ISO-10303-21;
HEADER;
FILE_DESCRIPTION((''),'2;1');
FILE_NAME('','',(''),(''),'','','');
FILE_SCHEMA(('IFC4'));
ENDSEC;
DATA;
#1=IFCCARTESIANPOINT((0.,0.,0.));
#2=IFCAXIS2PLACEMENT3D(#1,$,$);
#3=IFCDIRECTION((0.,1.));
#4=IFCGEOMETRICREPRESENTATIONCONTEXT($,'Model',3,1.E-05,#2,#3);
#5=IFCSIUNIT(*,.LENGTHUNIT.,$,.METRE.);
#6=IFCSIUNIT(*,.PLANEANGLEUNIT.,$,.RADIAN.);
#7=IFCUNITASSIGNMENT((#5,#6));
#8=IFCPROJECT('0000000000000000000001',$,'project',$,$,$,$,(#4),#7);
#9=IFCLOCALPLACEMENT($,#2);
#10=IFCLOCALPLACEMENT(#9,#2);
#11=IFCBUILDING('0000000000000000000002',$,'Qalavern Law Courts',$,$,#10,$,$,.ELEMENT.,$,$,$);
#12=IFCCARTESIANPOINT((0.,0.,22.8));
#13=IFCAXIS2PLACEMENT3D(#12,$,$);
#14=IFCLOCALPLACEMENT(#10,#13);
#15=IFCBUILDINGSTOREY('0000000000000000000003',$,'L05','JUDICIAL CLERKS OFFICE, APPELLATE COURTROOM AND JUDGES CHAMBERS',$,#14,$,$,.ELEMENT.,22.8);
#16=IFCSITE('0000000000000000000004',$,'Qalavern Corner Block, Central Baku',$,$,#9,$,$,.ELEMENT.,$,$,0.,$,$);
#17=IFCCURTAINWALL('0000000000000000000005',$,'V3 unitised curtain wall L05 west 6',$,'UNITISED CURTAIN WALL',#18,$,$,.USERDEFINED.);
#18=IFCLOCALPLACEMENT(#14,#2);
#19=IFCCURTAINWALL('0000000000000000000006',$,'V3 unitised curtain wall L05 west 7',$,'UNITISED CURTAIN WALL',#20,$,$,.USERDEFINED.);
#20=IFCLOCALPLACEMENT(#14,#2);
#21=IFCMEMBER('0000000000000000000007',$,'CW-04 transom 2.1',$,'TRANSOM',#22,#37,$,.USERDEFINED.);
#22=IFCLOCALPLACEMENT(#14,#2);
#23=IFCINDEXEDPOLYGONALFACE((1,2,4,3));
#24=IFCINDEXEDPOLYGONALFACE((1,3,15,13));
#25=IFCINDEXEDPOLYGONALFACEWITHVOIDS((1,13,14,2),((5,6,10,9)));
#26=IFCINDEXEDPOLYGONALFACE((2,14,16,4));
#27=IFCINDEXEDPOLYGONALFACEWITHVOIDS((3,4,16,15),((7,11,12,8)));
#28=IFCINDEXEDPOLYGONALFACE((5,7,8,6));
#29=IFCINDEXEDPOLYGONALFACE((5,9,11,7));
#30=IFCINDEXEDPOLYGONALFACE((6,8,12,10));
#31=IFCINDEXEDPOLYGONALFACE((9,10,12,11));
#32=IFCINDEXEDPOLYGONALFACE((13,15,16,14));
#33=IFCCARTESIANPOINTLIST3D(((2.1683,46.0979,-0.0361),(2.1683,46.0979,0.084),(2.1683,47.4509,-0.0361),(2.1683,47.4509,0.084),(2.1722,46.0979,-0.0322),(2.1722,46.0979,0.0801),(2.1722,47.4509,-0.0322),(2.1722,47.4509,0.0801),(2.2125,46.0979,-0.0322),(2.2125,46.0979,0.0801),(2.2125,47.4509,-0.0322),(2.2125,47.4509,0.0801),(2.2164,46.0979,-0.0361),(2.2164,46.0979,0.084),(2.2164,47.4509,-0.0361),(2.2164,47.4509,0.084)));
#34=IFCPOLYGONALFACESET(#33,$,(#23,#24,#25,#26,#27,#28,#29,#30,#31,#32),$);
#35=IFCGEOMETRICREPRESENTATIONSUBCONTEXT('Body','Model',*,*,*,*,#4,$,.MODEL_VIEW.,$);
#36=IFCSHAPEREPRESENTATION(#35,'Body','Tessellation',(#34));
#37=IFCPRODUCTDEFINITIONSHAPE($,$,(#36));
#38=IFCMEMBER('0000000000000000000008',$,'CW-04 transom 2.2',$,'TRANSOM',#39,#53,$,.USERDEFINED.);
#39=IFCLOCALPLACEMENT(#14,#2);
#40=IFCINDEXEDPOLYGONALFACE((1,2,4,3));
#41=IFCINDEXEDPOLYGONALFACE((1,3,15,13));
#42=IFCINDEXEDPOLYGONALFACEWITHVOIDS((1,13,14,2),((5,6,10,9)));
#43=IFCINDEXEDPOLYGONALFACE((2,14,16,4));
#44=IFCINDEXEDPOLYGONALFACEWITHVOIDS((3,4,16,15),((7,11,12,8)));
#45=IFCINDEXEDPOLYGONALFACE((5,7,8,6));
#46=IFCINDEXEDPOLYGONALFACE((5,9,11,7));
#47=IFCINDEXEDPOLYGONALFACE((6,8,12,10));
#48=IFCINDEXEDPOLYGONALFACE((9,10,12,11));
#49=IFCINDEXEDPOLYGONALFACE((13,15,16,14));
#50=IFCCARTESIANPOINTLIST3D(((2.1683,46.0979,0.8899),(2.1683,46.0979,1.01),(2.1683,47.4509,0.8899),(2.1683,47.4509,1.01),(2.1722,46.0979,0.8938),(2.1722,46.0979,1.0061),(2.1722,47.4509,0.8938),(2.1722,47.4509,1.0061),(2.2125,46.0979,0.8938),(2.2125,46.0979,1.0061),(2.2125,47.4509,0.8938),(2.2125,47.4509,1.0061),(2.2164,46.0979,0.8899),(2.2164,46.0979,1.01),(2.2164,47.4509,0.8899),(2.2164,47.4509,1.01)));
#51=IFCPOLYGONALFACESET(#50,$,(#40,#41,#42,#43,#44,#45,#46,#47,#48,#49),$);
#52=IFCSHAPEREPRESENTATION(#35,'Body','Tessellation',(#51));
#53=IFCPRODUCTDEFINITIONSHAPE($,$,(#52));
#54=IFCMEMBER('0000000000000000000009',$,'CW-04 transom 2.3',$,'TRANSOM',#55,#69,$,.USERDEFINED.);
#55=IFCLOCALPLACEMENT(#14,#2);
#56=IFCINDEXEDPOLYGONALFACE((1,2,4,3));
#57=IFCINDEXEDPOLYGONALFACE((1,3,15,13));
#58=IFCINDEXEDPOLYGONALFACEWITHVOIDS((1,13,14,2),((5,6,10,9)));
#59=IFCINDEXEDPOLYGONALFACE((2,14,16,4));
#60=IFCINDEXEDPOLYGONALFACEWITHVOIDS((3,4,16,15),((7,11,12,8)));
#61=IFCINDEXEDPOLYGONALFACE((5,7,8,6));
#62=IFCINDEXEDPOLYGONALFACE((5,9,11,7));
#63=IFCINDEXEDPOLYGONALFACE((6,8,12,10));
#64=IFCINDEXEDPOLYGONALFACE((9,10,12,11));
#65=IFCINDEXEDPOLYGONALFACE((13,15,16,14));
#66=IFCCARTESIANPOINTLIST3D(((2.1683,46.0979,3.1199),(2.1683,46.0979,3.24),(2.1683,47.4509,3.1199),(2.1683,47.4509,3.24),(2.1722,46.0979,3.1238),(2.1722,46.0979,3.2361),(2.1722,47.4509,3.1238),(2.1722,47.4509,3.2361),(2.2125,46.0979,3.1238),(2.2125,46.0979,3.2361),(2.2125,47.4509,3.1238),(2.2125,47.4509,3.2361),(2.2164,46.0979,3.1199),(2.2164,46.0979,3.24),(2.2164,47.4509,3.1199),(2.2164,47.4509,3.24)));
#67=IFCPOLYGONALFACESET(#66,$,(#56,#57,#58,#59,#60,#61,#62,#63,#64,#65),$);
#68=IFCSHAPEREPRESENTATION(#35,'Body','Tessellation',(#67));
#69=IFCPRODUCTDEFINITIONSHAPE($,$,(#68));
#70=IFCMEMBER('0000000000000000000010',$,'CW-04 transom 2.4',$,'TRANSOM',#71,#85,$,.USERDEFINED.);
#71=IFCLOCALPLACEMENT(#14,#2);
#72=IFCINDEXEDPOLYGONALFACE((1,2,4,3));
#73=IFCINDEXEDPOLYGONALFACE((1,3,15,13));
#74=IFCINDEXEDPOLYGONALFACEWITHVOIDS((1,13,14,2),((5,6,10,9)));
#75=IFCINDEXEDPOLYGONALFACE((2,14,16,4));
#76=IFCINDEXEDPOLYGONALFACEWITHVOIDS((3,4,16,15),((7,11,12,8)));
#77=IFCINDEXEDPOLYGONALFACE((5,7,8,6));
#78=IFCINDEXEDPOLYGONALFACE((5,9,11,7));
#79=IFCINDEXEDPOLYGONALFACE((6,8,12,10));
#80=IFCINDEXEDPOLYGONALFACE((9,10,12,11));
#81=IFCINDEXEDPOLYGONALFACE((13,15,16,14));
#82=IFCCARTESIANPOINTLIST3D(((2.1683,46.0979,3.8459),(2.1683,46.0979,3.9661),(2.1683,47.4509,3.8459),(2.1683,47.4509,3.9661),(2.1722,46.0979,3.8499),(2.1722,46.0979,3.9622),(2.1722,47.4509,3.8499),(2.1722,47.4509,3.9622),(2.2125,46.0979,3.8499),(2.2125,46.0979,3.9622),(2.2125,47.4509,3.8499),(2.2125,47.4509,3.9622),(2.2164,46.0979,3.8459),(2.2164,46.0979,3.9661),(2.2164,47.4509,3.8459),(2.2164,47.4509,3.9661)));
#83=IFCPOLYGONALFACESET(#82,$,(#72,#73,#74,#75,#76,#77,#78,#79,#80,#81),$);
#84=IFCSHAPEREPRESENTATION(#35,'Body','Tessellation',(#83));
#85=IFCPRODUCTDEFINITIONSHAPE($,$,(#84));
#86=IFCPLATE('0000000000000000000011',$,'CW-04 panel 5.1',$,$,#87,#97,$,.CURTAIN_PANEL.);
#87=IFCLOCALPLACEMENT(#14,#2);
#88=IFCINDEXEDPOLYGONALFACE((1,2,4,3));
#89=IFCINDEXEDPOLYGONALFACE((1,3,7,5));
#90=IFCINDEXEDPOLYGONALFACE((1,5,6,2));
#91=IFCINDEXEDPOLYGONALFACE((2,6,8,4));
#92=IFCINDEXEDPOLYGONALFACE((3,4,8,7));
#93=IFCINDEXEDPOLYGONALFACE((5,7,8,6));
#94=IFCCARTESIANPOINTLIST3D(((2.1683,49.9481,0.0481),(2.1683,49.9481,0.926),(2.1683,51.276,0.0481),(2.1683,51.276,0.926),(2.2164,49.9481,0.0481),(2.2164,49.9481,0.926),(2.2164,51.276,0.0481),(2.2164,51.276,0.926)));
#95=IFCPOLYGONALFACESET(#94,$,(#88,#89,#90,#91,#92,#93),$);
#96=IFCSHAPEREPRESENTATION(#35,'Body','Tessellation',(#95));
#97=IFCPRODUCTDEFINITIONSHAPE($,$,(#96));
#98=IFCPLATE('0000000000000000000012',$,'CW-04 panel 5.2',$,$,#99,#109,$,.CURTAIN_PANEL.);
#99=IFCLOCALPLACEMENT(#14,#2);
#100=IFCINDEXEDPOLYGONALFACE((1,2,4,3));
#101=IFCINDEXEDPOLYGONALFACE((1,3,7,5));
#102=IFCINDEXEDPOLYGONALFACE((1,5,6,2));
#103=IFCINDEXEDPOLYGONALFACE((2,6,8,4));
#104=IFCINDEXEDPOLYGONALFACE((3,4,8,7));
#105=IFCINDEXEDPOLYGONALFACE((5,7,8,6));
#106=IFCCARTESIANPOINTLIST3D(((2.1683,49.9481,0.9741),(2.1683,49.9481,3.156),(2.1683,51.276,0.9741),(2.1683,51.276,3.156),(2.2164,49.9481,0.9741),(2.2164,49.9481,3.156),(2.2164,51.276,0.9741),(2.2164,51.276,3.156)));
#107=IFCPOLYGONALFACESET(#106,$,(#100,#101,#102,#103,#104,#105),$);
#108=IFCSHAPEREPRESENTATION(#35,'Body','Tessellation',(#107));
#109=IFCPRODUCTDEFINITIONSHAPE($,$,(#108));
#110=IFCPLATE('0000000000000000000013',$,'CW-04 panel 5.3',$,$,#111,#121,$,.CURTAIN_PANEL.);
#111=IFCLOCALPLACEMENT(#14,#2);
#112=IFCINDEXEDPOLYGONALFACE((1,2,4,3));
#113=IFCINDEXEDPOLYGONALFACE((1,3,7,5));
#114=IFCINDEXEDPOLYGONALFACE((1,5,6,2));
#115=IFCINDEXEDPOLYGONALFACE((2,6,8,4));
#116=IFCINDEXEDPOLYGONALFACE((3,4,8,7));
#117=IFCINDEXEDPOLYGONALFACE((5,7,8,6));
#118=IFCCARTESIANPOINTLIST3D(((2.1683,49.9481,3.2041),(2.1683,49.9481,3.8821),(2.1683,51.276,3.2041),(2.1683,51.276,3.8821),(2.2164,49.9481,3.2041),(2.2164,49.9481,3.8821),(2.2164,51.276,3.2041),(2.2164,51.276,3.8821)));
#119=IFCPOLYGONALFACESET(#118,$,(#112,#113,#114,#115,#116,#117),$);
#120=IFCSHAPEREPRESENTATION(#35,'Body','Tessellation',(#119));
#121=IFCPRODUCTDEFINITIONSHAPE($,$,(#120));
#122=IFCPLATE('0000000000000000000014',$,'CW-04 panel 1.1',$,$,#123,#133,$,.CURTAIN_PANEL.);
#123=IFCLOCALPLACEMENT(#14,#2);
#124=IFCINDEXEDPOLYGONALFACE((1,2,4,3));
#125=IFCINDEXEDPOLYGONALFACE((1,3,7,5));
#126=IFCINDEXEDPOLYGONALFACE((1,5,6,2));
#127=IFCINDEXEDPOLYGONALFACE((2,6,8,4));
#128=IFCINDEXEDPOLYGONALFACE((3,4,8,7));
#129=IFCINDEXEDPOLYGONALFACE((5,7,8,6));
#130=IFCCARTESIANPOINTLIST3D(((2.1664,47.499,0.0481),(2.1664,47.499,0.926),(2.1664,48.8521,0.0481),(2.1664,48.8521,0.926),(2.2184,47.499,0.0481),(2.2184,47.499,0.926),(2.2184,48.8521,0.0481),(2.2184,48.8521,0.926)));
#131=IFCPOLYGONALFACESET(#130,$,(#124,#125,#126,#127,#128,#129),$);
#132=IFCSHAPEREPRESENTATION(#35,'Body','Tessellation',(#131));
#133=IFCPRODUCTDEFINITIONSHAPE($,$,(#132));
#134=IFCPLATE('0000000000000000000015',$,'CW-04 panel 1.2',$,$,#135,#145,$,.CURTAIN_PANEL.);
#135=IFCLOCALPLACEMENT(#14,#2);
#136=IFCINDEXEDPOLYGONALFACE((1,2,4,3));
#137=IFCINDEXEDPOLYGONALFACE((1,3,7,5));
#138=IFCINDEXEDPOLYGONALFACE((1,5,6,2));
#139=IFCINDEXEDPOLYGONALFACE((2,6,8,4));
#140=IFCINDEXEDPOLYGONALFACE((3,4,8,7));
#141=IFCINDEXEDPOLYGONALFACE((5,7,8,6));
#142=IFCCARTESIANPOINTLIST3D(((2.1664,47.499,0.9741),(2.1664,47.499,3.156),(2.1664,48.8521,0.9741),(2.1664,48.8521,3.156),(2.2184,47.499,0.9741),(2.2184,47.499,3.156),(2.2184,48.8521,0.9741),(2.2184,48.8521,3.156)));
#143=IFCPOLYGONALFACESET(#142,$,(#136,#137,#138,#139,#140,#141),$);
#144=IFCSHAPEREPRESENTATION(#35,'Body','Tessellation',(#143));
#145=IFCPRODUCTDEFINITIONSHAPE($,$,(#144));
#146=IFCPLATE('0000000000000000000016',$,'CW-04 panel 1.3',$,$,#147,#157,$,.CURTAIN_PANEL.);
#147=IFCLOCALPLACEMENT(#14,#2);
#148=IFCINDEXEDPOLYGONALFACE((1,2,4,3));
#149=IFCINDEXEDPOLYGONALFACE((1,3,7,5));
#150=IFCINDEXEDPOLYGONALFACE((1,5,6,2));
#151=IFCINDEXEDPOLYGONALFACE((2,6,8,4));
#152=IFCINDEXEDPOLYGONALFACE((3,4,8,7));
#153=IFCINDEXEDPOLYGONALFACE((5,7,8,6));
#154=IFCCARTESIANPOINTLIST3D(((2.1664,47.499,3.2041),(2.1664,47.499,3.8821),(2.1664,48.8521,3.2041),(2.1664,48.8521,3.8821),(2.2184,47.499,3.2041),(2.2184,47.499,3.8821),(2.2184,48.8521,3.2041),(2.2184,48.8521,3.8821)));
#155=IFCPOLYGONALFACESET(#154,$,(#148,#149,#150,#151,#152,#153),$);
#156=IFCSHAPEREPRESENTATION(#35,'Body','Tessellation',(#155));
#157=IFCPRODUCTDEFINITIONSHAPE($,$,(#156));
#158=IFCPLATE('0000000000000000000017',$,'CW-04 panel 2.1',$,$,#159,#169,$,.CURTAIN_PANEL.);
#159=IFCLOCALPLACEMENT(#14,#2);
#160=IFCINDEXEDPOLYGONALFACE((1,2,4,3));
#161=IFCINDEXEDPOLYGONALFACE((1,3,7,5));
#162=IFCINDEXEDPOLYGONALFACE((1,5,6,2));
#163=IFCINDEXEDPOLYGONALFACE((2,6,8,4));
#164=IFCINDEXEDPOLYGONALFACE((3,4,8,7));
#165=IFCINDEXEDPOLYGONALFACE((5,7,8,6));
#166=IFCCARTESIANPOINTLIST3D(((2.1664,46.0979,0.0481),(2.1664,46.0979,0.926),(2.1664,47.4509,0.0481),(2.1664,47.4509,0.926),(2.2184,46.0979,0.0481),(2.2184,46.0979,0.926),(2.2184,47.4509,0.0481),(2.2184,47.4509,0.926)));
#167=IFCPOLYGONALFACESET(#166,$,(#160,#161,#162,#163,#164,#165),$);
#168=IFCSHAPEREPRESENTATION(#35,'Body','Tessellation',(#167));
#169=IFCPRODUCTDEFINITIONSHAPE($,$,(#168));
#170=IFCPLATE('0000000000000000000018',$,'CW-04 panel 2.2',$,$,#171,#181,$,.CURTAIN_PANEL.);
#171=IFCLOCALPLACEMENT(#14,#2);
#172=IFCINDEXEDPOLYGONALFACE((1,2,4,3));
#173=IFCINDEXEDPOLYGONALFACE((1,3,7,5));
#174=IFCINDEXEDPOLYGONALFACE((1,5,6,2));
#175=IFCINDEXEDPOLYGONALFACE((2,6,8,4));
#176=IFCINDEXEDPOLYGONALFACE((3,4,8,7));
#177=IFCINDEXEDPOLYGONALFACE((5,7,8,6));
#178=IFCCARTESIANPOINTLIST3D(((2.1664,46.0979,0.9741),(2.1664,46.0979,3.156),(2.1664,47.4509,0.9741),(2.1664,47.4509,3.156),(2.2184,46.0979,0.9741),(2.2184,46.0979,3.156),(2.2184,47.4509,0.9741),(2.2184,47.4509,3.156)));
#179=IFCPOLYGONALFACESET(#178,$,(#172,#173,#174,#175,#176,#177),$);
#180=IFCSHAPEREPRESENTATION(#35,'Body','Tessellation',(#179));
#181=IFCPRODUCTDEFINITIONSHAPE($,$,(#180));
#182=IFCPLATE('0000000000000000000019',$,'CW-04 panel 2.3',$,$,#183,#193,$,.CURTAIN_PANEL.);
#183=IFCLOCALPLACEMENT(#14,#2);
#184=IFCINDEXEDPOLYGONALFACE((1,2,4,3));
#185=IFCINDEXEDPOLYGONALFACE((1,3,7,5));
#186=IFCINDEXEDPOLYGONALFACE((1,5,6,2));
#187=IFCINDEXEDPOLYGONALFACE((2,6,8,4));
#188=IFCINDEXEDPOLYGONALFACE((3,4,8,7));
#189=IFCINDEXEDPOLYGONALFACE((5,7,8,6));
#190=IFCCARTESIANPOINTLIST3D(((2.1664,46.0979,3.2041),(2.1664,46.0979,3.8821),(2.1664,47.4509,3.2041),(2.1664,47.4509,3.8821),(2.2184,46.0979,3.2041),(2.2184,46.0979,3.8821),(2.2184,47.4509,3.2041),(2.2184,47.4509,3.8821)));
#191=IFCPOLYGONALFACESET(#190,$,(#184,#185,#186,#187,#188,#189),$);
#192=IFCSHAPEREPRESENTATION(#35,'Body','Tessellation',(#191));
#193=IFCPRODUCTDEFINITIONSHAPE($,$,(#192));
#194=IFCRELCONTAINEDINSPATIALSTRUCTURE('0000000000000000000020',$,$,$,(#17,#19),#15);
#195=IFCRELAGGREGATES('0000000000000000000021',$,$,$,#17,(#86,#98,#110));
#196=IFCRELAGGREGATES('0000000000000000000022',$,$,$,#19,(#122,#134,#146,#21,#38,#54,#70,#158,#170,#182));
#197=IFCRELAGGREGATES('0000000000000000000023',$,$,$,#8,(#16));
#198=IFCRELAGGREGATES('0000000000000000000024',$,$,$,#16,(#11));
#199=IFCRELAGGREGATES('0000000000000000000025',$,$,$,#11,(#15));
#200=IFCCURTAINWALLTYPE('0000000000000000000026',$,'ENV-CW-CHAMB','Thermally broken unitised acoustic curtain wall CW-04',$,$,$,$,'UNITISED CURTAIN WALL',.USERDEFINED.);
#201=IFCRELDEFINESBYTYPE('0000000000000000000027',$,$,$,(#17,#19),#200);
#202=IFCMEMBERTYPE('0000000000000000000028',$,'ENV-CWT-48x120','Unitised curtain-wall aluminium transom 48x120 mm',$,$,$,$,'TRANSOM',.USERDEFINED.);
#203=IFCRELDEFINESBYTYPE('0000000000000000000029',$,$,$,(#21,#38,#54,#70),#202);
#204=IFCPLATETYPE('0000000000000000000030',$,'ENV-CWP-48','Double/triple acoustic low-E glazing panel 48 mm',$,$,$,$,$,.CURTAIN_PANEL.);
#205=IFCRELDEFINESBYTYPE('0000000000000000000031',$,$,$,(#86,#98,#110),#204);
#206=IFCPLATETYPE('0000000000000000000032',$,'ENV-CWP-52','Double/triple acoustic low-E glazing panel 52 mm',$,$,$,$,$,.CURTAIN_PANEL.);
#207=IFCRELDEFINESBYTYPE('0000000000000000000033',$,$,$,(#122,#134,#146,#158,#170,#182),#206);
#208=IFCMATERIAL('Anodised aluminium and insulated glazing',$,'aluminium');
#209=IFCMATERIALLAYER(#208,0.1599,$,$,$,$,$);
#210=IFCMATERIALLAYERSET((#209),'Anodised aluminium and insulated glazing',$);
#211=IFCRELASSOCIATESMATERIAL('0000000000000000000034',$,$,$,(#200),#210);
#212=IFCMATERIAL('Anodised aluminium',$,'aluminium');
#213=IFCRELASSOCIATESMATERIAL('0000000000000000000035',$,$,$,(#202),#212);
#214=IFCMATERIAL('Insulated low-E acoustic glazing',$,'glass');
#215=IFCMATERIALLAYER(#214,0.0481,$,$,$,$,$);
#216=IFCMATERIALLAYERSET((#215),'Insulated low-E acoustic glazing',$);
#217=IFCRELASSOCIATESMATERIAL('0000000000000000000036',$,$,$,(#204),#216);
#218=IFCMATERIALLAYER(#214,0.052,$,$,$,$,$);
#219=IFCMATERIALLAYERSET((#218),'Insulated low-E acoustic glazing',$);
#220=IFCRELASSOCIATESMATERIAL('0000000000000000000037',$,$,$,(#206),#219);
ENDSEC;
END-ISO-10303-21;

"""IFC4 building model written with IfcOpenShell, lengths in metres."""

from ifc_helpers import new_model, si_unit, direction, frame, origin, origin_2d, place, context, subcontext, project, spatial, rectangle, hollow_rectangle, extrude, material, layer, layer_set, material_profile, profile_set, type_object, element, aggregate, save


model = new_model("IFC4")

# Units and contexts
model_context = context("Model", 3, precision=1e-05, world=origin(), true_north=direction((0.0, 1.0)))
body_context = subcontext(model_context, "Body", "Model", "MODEL_VIEW")
ifc_project = project(units=[si_unit("LENGTHUNIT", "METRE"), si_unit("PLANEANGLEUNIT", "RADIAN")], contexts=[model_context])

# Site, building, storey
site_placement = place(None, origin())
site = spatial("IfcSite", under=ifc_project, at=site_placement, Name="Qalavern Corner Block, Central Baku", CompositionType="ELEMENT", RefElevation=0.0)
building_placement = place(site_placement, origin())
building = spatial("IfcBuilding", under=site, at=building_placement, Name="Qalavern Law Courts", CompositionType="ELEMENT")
storey_placement = place(building_placement, frame((0.0, 0.0, 22.8)))
storey = spatial("IfcBuildingStorey", under=building, at=storey_placement, Name="L05", Description="JUDICIAL CLERKS OFFICE, APPELLATE COURTROOM AND JUDGES CHAMBERS", CompositionType="ELEMENT", Elevation=22.8)

# Curtain wall
ifc_material_1 = material(Name="Anodised aluminium and insulated glazing", Category="aluminium")
ifc_layer_1 = layer(ifc_material_1, 0.1599)
ifc_layer_set_1 = layer_set([ifc_layer_1], Name="Anodised aluminium and insulated glazing")
curtain_wall_type = type_object("IfcCurtainWallType", Name="ENV-CW-CHAMB", Description="Thermally broken unitised acoustic curtain wall CW-04", ElementType="UNITISED CURTAIN WALL", PredefinedType="USERDEFINED", material=ifc_layer_set_1)
curtain_wall_1_placement = place(storey_placement, origin())
curtain_wall_1 = element("IfcCurtainWall", 1, at=curtain_wall_1_placement, inside=storey, type_object=curtain_wall_type, Name="V3 unitised curtain wall L05 west 6", ObjectType="UNITISED CURTAIN WALL", PredefinedType="USERDEFINED")
ifc_material_2 = material(Name="Anodised aluminium", Category="aluminium")

# Curtain wall
curtain_wall_2_placement = place(storey_placement, origin())
curtain_wall_2 = element("IfcCurtainWall", 2, at=curtain_wall_2_placement, inside=storey, type_object=curtain_wall_type, Name="V3 unitised curtain wall L05 west 7", ObjectType="UNITISED CURTAIN WALL", PredefinedType="USERDEFINED")

# Members
ifc_material_profile_1 = material_profile(ifc_material_2, hollow_rectangle(XDim=0.0481, YDim=0.1201, WallThickness=0.0039, at=origin_2d()), Name="ALU TRANSOM 48x120")
ifc_profile_set_1 = profile_set([ifc_material_profile_1], Name="Anodised aluminium")
member_type_1 = type_object("IfcMemberType", Name="ENV-CWT-48x120", Description="Unitised curtain-wall aluminium transom 48x120 mm", ElementType="TRANSOM", PredefinedType="USERDEFINED", material=ifc_profile_set_1)
member_1_placement = place(storey_placement, frame((2.1924, 47.4509, 0.0239), z_axis=(0.0, -1.0, 0.0), x_axis=(1.0, 0.0, 0.0)))
member_1 = element("IfcMember", 3, at=member_1_placement, type_object=member_type_1, Name="CW-04 transom 2.1", ObjectType="TRANSOM", PredefinedType="USERDEFINED", context=body_context, shape_type="SweptSolid", body=[
    extrude(hollow_rectangle(XDim=0.0481, YDim=0.1201, WallThickness=0.0039, at=origin_2d()), origin(), (0.0, 0.0, 1.0), 1.353),
])
member_2_placement = place(storey_placement, frame((2.1924, 47.4509, 0.95), z_axis=(0.0, -1.0, 0.0), x_axis=(1.0, 0.0, 0.0)))
member_2 = element("IfcMember", 4, at=member_2_placement, type_object=member_type_1, Name="CW-04 transom 2.2", ObjectType="TRANSOM", PredefinedType="USERDEFINED", context=body_context, shape_type="SweptSolid", body=[
    extrude(hollow_rectangle(XDim=0.0481, YDim=0.1201, WallThickness=0.0039, at=origin_2d()), origin(), (0.0, 0.0, 1.0), 1.353),
])
member_3_placement = place(storey_placement, frame((2.1924, 47.4509, 3.1799), z_axis=(0.0, -1.0, 0.0), x_axis=(1.0, 0.0, 0.0)))
member_3 = element("IfcMember", 5, at=member_3_placement, type_object=member_type_1, Name="CW-04 transom 2.3", ObjectType="TRANSOM", PredefinedType="USERDEFINED", context=body_context, shape_type="SweptSolid", body=[
    extrude(hollow_rectangle(XDim=0.0481, YDim=0.1201, WallThickness=0.0039, at=origin_2d()), origin(), (0.0, 0.0, 1.0), 1.353),
])
member_4_placement = place(storey_placement, frame((2.1924, 47.4509, 3.906), z_axis=(0.0, -1.0, 0.0), x_axis=(1.0, 0.0, 0.0)))
member_4 = element("IfcMember", 6, at=member_4_placement, type_object=member_type_1, Name="CW-04 transom 2.4", ObjectType="TRANSOM", PredefinedType="USERDEFINED", context=body_context, shape_type="SweptSolid", body=[
    extrude(hollow_rectangle(XDim=0.0481, YDim=0.1201, WallThickness=0.0039, at=origin_2d()), origin(), (0.0, 0.0, 1.0), 1.353),
])

# Plates
ifc_material_3 = material(Name="Insulated low-E acoustic glazing", Category="glass")
ifc_layer_2 = layer(ifc_material_3, 0.0481)
ifc_layer_set_2 = layer_set([ifc_layer_2], Name="Insulated low-E acoustic glazing")
plate_type_1 = type_object("IfcPlateType", Name="ENV-CWP-48", Description="Double/triple acoustic low-E glazing panel 48 mm", PredefinedType="CURTAIN_PANEL", material=ifc_layer_set_2)
plate_1_placement = place(storey_placement, frame((2.1924, 50.6121, 0.0481), z_axis=(0.0, 0.0, 1.0), x_axis=(0.0, -1.0, 0.0)))
plate_1 = element("IfcPlate", 7, at=plate_1_placement, type_object=plate_type_1, Name="CW-04 panel 5.1", PredefinedType="CURTAIN_PANEL", context=body_context, shape_type="SweptSolid", body=[
    extrude(rectangle(XDim=1.3279, YDim=0.0481, at=origin_2d()), origin(), (0.0, 0.0, 1.0), 0.8779),
])
plate_2_placement = place(storey_placement, frame((2.1924, 50.6121, 0.9741), z_axis=(0.0, 0.0, 1.0), x_axis=(0.0, -1.0, 0.0)))
plate_2 = element("IfcPlate", 8, at=plate_2_placement, type_object=plate_type_1, Name="CW-04 panel 5.2", PredefinedType="CURTAIN_PANEL", context=body_context, shape_type="SweptSolid", body=[
    extrude(rectangle(XDim=1.3279, YDim=0.0481, at=origin_2d()), origin(), (0.0, 0.0, 1.0), 2.1819),
])
plate_3_placement = place(storey_placement, frame((2.1924, 50.6121, 3.2041), z_axis=(0.0, 0.0, 1.0), x_axis=(0.0, -1.0, 0.0)))
plate_3 = element("IfcPlate", 9, at=plate_3_placement, type_object=plate_type_1, Name="CW-04 panel 5.3", PredefinedType="CURTAIN_PANEL", context=body_context, shape_type="SweptSolid", body=[
    extrude(rectangle(XDim=1.3279, YDim=0.0481, at=origin_2d()), origin(), (0.0, 0.0, 1.0), 0.678),
])
aggregate(curtain_wall_1, [plate_1, plate_2, plate_3])
ifc_layer_3 = layer(ifc_material_3, 0.052)
ifc_layer_set_3 = layer_set([ifc_layer_3], Name="Insulated low-E acoustic glazing")
plate_type_2 = type_object("IfcPlateType", Name="ENV-CWP-52", Description="Double/triple acoustic low-E glazing panel 52 mm", PredefinedType="CURTAIN_PANEL", material=ifc_layer_set_3)
plate_4_placement = place(storey_placement, frame((2.1924, 48.1755, 0.0481), z_axis=(0.0, 0.0, 1.0), x_axis=(0.0, -1.0, 0.0)))
plate_4 = element("IfcPlate", 10, at=plate_4_placement, type_object=plate_type_2, Name="CW-04 panel 1.1", PredefinedType="CURTAIN_PANEL", context=body_context, shape_type="SweptSolid", body=[
    extrude(rectangle(XDim=1.353, YDim=0.052, at=origin_2d()), origin(), (0.0, 0.0, 1.0), 0.8779),
])
plate_5_placement = place(storey_placement, frame((2.1924, 48.1755, 0.9741), z_axis=(0.0, 0.0, 1.0), x_axis=(0.0, -1.0, 0.0)))
plate_5 = element("IfcPlate", 11, at=plate_5_placement, type_object=plate_type_2, Name="CW-04 panel 1.2", PredefinedType="CURTAIN_PANEL", context=body_context, shape_type="SweptSolid", body=[
    extrude(rectangle(XDim=1.353, YDim=0.052, at=origin_2d()), origin(), (0.0, 0.0, 1.0), 2.1819),
])
plate_6_placement = place(storey_placement, frame((2.1924, 48.1755, 3.2041), z_axis=(0.0, 0.0, 1.0), x_axis=(0.0, -1.0, 0.0)))
plate_6 = element("IfcPlate", 12, at=plate_6_placement, type_object=plate_type_2, Name="CW-04 panel 1.3", PredefinedType="CURTAIN_PANEL", context=body_context, shape_type="SweptSolid", body=[
    extrude(rectangle(XDim=1.353, YDim=0.052, at=origin_2d()), origin(), (0.0, 0.0, 1.0), 0.678),
])
plate_7_placement = place(storey_placement, frame((2.1924, 46.7744, 0.0481), z_axis=(0.0, 0.0, 1.0), x_axis=(0.0, -1.0, 0.0)))
plate_7 = element("IfcPlate", 13, at=plate_7_placement, type_object=plate_type_2, Name="CW-04 panel 2.1", PredefinedType="CURTAIN_PANEL", context=body_context, shape_type="SweptSolid", body=[
    extrude(rectangle(XDim=1.353, YDim=0.052, at=origin_2d()), origin(), (0.0, 0.0, 1.0), 0.8779),
])
plate_8_placement = place(storey_placement, frame((2.1924, 46.7744, 0.9741), z_axis=(0.0, 0.0, 1.0), x_axis=(0.0, -1.0, 0.0)))
plate_8 = element("IfcPlate", 14, at=plate_8_placement, type_object=plate_type_2, Name="CW-04 panel 2.2", PredefinedType="CURTAIN_PANEL", context=body_context, shape_type="SweptSolid", body=[
    extrude(rectangle(XDim=1.353, YDim=0.052, at=origin_2d()), origin(), (0.0, 0.0, 1.0), 2.1819),
])
plate_9_placement = place(storey_placement, frame((2.1924, 46.7744, 3.2041), z_axis=(0.0, 0.0, 1.0), x_axis=(0.0, -1.0, 0.0)))
plate_9 = element("IfcPlate", 15, at=plate_9_placement, type_object=plate_type_2, Name="CW-04 panel 2.3", PredefinedType="CURTAIN_PANEL", context=body_context, shape_type="SweptSolid", body=[
    extrude(rectangle(XDim=1.353, YDim=0.052, at=origin_2d()), origin(), (0.0, 0.0, 1.0), 0.678),
])
aggregate(curtain_wall_2, [plate_4, plate_5, plate_6, member_1, member_2, member_3, member_4, plate_7, plate_8, plate_9])

save(model, "model.ifc")
